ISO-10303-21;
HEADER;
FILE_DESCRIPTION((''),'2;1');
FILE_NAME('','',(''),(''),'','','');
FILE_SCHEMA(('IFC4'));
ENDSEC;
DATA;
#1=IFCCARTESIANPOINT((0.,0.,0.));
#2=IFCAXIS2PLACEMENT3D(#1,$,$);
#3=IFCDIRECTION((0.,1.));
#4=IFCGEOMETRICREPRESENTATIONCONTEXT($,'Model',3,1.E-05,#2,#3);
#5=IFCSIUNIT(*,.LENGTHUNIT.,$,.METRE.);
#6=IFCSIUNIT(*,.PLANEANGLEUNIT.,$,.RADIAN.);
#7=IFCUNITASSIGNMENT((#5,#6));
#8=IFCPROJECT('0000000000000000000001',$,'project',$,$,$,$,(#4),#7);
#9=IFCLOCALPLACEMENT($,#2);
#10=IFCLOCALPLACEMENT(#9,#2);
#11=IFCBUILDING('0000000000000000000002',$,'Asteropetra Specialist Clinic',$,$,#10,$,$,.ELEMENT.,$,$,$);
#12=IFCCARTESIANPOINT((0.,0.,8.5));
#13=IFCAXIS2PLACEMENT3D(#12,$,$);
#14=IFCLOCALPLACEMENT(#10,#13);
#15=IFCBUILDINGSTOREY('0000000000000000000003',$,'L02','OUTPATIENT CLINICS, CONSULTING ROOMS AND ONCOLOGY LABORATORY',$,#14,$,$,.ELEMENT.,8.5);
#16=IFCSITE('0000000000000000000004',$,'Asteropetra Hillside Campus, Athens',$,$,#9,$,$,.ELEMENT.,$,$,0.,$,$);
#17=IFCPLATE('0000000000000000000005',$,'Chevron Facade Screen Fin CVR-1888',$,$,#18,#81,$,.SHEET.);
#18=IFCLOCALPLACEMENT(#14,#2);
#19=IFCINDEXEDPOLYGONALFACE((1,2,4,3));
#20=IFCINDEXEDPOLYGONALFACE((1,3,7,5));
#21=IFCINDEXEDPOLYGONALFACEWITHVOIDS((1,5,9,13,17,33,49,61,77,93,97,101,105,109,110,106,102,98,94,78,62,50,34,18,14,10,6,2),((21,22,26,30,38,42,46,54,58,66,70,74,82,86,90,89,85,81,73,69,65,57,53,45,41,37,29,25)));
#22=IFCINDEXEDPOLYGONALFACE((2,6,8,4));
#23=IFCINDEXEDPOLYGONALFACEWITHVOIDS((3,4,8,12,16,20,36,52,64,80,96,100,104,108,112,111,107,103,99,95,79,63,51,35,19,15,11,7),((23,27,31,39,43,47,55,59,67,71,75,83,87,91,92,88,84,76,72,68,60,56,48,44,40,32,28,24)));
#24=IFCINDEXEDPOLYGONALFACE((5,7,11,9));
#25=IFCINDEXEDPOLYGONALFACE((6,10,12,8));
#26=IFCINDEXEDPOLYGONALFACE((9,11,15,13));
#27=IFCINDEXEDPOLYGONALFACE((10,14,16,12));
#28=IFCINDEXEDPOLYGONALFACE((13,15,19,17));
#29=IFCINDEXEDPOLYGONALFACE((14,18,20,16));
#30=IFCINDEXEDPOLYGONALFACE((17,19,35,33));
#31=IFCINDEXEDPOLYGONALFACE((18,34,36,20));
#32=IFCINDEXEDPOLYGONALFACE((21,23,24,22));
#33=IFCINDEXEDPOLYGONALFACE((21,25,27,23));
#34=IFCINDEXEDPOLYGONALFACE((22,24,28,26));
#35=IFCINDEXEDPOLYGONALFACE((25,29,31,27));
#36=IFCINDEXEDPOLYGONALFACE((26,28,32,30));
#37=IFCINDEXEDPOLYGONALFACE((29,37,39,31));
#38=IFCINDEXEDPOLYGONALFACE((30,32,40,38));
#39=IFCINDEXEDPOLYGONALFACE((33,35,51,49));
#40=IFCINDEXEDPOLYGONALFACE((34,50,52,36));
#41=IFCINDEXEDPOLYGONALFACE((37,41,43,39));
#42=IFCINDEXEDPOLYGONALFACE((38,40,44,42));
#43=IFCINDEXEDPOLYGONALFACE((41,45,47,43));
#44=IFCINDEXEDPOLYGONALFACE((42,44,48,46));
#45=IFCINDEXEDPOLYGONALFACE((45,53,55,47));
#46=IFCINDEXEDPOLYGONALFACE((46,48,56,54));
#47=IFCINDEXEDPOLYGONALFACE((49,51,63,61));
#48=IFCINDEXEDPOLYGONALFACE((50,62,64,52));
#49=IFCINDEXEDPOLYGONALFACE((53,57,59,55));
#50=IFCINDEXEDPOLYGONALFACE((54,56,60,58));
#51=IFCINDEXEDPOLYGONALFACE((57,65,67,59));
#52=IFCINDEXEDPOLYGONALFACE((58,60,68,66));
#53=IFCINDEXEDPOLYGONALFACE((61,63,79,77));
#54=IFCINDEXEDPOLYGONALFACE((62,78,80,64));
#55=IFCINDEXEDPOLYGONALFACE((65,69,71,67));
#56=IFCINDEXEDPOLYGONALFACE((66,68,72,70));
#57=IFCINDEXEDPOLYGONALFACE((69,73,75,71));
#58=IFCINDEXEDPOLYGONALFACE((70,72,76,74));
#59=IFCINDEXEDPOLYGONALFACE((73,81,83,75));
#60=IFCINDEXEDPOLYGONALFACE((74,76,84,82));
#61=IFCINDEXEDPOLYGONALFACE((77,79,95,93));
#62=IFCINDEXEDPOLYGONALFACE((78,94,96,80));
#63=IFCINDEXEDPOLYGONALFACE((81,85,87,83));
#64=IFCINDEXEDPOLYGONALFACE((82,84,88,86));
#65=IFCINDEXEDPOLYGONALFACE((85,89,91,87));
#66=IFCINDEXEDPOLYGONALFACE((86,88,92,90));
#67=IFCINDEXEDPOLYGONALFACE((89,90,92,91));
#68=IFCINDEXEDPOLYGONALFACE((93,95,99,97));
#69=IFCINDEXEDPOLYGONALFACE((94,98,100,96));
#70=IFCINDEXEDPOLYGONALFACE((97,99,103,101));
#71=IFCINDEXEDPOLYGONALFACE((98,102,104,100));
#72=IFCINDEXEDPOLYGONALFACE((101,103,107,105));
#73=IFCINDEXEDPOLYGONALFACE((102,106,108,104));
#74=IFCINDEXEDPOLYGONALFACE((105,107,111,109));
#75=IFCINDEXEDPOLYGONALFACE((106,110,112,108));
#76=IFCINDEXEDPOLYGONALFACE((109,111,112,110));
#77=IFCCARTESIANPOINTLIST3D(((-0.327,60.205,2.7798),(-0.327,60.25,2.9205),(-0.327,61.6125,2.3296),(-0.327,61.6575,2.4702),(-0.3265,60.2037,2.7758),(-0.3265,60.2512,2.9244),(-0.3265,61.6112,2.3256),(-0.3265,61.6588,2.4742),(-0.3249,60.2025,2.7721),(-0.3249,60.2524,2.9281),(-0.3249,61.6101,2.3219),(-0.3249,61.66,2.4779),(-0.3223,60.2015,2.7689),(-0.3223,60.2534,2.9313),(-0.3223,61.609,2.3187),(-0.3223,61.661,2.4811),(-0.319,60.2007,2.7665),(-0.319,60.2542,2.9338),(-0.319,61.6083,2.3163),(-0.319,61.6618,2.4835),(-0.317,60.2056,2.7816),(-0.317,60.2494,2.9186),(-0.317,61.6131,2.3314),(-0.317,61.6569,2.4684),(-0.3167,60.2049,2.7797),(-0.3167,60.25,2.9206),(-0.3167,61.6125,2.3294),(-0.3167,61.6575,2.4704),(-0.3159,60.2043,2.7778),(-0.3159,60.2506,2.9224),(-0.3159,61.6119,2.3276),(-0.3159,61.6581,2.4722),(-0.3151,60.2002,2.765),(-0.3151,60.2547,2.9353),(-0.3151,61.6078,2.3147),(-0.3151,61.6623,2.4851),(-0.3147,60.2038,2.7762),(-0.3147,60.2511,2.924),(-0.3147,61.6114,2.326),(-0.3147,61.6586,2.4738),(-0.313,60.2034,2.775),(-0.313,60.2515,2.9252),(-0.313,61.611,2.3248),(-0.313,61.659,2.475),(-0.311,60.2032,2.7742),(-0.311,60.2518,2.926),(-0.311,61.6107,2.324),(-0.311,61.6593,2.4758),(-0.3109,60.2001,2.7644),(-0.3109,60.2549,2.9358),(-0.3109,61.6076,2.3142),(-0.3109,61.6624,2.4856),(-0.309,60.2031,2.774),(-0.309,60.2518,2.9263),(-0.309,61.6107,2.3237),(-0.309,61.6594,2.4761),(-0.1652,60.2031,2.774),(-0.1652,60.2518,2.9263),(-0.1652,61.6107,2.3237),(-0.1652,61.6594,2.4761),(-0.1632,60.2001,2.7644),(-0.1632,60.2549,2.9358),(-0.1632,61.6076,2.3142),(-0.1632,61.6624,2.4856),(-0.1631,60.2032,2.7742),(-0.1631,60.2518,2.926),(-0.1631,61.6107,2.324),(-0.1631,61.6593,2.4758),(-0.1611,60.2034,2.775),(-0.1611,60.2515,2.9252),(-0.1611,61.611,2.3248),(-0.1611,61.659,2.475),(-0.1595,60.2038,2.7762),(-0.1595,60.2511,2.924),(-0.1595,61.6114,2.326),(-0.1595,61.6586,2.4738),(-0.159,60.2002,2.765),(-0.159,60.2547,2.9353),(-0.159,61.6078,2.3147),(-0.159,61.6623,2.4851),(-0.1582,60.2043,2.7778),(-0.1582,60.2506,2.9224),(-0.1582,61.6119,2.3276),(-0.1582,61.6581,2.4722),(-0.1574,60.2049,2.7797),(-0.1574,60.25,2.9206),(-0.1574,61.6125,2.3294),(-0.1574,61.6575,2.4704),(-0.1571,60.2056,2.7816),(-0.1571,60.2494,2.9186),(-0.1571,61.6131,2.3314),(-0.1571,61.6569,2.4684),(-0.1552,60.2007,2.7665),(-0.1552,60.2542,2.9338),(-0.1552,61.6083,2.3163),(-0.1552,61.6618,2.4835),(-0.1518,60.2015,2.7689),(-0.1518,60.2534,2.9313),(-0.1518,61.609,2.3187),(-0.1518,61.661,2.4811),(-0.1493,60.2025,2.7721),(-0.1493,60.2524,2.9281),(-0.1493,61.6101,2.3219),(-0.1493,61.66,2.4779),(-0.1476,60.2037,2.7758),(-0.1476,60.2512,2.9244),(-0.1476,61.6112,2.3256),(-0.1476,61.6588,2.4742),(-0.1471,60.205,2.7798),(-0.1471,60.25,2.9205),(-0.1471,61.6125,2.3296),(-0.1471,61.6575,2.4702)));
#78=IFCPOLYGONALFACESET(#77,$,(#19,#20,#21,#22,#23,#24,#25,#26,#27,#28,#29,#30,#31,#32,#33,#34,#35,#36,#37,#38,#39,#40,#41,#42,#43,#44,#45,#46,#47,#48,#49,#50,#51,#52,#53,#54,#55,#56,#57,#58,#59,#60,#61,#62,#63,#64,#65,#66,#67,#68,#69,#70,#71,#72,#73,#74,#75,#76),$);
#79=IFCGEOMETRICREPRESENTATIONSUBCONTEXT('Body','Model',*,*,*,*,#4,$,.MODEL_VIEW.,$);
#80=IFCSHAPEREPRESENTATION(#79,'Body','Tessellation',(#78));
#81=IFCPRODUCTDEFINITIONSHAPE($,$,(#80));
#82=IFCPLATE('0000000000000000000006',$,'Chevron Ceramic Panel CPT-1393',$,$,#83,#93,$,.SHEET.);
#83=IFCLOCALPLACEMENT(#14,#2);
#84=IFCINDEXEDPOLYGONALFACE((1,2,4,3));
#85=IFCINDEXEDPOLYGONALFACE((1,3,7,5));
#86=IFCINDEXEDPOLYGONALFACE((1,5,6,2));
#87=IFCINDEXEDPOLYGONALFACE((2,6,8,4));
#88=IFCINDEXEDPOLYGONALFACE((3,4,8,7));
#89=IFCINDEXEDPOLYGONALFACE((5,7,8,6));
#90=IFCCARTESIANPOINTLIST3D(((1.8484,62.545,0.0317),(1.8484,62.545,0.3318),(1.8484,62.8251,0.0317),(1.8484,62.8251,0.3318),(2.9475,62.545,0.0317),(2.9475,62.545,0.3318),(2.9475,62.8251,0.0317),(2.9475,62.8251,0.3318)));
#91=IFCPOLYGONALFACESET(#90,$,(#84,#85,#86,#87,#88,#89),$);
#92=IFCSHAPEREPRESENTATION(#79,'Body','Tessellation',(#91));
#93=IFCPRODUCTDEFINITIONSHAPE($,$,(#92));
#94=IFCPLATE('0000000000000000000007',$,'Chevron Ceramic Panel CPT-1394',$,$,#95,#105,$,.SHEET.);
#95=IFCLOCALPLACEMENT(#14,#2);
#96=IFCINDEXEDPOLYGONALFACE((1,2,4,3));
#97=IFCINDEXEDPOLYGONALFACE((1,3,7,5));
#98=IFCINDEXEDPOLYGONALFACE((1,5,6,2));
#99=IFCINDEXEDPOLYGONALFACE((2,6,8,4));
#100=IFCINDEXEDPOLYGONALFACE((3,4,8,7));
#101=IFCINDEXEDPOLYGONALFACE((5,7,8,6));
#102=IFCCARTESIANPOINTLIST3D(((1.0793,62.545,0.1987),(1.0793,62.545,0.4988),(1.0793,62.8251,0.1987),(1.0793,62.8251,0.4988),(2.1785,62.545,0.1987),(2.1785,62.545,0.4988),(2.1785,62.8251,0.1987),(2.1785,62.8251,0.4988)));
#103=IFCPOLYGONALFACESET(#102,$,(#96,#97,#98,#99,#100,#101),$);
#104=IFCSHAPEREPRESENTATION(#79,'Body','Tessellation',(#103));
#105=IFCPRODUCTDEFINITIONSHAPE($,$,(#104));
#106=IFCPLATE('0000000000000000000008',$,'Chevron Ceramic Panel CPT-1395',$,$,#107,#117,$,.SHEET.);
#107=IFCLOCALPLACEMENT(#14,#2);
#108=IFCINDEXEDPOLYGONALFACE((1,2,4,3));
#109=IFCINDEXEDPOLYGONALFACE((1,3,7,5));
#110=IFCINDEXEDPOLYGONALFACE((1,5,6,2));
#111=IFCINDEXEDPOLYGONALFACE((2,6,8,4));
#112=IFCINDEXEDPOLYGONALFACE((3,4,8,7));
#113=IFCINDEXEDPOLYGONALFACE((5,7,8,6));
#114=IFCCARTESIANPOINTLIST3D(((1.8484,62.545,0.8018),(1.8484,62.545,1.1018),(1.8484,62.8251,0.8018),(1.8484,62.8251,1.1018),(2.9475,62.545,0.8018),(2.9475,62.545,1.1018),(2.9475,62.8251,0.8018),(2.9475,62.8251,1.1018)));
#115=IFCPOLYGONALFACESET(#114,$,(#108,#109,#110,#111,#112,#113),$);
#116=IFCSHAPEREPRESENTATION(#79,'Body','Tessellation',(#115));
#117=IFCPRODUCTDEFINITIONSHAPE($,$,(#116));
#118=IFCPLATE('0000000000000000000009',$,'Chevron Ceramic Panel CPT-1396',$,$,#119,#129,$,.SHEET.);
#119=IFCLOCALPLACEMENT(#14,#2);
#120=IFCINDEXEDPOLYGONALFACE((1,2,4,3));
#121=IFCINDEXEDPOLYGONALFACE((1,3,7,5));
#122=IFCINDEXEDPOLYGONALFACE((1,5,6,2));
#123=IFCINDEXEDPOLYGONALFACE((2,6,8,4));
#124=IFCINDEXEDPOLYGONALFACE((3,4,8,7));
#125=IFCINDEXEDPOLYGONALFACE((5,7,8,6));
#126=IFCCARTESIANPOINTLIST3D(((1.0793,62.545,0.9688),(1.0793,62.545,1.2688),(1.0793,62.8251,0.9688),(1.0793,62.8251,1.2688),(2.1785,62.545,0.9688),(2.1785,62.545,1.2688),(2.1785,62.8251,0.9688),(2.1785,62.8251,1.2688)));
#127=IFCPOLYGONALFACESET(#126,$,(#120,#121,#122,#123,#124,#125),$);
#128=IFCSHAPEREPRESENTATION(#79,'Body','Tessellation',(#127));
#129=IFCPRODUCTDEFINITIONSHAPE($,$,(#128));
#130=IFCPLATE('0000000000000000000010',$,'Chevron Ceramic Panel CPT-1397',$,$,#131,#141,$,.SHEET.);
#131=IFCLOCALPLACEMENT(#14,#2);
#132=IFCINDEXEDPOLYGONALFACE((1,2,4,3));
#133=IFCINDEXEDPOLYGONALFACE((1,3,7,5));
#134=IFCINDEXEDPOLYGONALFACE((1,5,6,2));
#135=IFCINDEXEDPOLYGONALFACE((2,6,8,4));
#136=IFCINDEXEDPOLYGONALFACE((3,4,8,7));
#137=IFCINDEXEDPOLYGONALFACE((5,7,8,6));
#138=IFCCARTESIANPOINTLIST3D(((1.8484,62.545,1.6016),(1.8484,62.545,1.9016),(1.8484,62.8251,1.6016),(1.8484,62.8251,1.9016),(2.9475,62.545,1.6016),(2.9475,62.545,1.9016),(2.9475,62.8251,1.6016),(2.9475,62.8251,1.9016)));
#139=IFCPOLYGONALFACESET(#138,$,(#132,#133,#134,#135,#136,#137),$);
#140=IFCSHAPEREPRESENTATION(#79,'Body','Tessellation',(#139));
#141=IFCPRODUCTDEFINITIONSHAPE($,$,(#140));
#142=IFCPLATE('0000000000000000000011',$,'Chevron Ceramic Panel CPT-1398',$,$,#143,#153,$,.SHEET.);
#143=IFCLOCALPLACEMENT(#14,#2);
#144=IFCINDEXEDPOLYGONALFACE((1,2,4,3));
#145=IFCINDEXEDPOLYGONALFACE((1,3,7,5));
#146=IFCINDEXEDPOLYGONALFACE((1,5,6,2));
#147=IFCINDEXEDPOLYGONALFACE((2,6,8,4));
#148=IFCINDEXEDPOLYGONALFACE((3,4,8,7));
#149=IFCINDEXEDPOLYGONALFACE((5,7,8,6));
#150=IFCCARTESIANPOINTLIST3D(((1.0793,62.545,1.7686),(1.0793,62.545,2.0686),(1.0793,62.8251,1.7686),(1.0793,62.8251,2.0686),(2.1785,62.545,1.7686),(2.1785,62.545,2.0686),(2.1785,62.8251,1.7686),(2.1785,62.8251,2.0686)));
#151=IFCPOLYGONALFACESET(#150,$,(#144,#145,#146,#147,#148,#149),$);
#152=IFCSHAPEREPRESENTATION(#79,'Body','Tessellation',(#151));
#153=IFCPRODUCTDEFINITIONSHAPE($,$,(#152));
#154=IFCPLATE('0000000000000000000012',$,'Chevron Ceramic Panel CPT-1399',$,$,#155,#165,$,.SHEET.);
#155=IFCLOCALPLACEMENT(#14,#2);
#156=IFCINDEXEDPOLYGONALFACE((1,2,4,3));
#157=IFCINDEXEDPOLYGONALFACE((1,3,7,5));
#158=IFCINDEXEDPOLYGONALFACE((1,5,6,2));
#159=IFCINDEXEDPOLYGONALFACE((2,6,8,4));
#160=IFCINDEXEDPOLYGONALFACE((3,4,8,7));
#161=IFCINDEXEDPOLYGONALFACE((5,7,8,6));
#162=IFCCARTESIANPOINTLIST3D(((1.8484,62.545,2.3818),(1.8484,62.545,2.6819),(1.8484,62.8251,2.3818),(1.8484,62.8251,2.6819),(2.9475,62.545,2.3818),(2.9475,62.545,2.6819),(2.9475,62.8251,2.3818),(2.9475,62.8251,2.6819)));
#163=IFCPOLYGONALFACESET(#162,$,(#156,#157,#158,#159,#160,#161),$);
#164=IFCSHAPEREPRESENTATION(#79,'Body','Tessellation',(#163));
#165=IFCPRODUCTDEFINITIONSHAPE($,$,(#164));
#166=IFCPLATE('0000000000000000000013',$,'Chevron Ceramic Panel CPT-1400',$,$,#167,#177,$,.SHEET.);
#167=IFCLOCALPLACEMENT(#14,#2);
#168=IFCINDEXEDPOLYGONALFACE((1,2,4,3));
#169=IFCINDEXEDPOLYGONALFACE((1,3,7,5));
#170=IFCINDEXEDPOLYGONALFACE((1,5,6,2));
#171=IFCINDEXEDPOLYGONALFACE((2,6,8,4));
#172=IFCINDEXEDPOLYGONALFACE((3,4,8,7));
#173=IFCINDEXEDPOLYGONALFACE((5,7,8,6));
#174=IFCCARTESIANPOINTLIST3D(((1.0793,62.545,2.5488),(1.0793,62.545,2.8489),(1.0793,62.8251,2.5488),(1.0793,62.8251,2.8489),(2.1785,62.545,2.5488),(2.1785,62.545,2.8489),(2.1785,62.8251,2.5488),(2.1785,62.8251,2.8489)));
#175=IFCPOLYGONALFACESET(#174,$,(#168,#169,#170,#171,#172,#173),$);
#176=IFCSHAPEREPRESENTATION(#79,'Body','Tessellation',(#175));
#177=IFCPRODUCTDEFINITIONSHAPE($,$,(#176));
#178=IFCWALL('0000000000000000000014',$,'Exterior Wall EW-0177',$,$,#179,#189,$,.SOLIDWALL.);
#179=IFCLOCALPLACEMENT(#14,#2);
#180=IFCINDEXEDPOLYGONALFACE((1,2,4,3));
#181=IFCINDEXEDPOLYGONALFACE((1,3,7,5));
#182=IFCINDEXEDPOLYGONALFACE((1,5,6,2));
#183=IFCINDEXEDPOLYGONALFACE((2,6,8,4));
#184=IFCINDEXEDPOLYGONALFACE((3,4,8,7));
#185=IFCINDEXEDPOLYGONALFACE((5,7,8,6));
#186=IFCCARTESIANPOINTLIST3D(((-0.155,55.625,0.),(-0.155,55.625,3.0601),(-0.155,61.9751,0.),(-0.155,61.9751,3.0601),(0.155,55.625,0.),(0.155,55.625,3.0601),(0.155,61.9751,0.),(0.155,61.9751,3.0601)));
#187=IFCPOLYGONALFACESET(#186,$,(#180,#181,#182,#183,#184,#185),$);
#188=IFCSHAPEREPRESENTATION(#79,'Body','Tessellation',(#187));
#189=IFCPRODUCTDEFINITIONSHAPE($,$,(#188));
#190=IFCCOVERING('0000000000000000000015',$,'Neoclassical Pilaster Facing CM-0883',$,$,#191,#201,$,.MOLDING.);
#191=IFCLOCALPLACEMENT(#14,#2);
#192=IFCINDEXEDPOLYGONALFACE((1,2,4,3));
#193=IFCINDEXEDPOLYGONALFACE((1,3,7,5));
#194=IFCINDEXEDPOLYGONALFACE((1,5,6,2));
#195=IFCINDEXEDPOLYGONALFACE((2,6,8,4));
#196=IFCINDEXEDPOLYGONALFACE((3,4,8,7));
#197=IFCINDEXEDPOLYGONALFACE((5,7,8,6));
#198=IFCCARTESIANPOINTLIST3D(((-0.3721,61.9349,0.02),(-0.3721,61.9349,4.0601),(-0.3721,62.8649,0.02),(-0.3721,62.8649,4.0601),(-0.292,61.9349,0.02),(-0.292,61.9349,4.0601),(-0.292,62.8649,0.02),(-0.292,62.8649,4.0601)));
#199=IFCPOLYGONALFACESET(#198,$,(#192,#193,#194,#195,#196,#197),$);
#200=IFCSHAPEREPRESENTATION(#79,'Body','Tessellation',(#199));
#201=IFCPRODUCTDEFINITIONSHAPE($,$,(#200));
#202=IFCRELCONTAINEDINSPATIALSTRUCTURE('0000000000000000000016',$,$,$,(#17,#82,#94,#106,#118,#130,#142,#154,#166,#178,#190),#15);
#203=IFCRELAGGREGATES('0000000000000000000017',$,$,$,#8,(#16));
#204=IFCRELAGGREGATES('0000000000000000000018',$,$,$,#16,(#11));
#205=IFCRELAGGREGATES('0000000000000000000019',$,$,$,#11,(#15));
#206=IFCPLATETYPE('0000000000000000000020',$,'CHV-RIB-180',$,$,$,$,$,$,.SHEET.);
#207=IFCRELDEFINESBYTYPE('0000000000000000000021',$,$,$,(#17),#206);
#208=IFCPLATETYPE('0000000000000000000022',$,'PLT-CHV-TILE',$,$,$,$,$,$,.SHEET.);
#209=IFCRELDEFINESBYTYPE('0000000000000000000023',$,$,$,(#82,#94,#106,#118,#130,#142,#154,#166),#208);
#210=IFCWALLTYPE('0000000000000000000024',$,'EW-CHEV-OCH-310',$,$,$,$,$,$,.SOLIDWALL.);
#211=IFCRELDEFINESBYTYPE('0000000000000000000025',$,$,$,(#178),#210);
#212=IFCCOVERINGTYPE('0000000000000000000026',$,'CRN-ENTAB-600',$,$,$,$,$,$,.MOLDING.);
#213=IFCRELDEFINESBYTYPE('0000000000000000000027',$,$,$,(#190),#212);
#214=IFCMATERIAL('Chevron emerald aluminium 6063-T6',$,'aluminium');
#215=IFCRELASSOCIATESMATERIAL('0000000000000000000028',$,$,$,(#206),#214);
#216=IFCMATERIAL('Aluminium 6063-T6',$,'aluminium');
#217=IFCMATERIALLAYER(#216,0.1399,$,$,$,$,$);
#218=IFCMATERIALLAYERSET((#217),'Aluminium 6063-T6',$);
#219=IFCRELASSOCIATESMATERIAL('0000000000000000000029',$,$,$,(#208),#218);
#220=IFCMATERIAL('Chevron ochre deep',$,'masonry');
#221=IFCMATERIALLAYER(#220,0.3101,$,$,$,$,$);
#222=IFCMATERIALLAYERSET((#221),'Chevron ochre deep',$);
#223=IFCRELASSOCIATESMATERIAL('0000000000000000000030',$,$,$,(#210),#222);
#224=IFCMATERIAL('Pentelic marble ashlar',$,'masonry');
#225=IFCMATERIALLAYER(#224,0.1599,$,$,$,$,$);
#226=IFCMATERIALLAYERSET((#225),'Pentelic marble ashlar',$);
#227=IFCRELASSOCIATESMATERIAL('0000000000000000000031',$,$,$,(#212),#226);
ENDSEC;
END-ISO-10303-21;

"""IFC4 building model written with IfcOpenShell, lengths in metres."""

from ifc_helpers import new_model, si_unit, direction, frame, frame_2d, origin, origin_2d, place, context, subcontext, project, spatial, rectangle, hollow_rectangle, extrude, material, layer, layer_set, material_profile, profile_set, type_object, element, save


model = new_model("IFC4")

# Units and contexts
model_context = context("Model", 3, precision=1e-05, world=origin(), true_north=direction((0.0, 1.0)))
body_context = subcontext(model_context, "Body", "Model", "MODEL_VIEW")
ifc_project = project(units=[si_unit("LENGTHUNIT", "METRE"), si_unit("PLANEANGLEUNIT", "RADIAN")], contexts=[model_context])

# Site, building, storey
site_placement = place(None, origin())
site = spatial("IfcSite", under=ifc_project, at=site_placement, Name="Asteropetra Hillside Campus, Athens", CompositionType="ELEMENT", RefElevation=0.0)
building_placement = place(site_placement, origin())
building = spatial("IfcBuilding", under=site, at=building_placement, Name="Asteropetra Specialist Clinic", CompositionType="ELEMENT")
storey_placement = place(building_placement, frame((0.0, 0.0, 8.5)))
storey = spatial("IfcBuildingStorey", under=building, at=storey_placement, Name="L02", Description="OUTPATIENT CLINICS, CONSULTING ROOMS AND ONCOLOGY LABORATORY", CompositionType="ELEMENT", Elevation=8.5)

# Plates
ifc_material_1 = material(Name="Chevron emerald aluminium 6063-T6", Category="aluminium")
ifc_material_profile_1 = material_profile(ifc_material_1, hollow_rectangle(XDim=0.1799, YDim=0.1799, WallThickness=0.01, InnerFilletRadius=0.0081, OuterFilletRadius=0.0161, at=origin_2d()), Name="SHS 180x180x10.0")
ifc_profile_set_1 = profile_set([ifc_material_profile_1], Name="Chevron emerald aluminium 6063-T6")
plate_type_1 = type_object("IfcPlateType", Name="CHV-RIB-180", PredefinedType="SHEET", material=ifc_profile_set_1)
plate_1_placement = place(storey_placement, frame((-0.2371, 61.635, 2.3999), z_axis=(0.0, -0.952463, 0.304656), x_axis=(1.0, 0.0, 0.0)))
element("IfcPlate", 1, at=plate_1_placement, inside=storey, type_object=plate_type_1, Name="Chevron Facade Screen Fin CVR-1888", PredefinedType="SHEET", context=body_context, shape_type="SweptSolid", body=[
    extrude(hollow_rectangle(XDim=0.1799, YDim=0.1799, WallThickness=0.01, InnerFilletRadius=0.0081, OuterFilletRadius=0.0161, at=origin_2d()), origin(), (0.0, 0.0, 1.0), 1.4778),
])
ifc_material_2 = material(Name="Aluminium 6063-T6", Category="aluminium")
ifc_layer_1 = layer(ifc_material_2, 0.1399)
ifc_layer_set_1 = layer_set([ifc_layer_1], Name="Aluminium 6063-T6")
plate_type_2 = type_object("IfcPlateType", Name="PLT-CHV-TILE", PredefinedType="SHEET", material=ifc_layer_set_1)
for number, where, z_axis, x_axis, name in (
    (2, (2.3979, 62.6851, 0.0317), (0.0, 0.0, 1.0), (1.0, 0.0, 0.0), "Chevron Ceramic Panel CPT-1393"),
    (3, (1.6289, 62.6851, 0.1987), (0.0, 0.0, 1.0), (1.0, 0.0, 0.0), "Chevron Ceramic Panel CPT-1394"),
    (4, (2.3979, 62.6851, 0.8018), (0.0, 0.0, 1.0), (1.0, 0.0, 0.0), "Chevron Ceramic Panel CPT-1395"),
    (5, (1.6289, 62.6851, 0.9688), (0.0, 0.0, 1.0), (1.0, 0.0, 0.0), "Chevron Ceramic Panel CPT-1396"),
    (6, (2.3979, 62.6851, 1.6016), (0.0, 0.0, 1.0), (1.0, 0.0, 0.0), "Chevron Ceramic Panel CPT-1397"),
    (7, (1.6289, 62.6851, 1.7686), (0.0, 0.0, 1.0), (1.0, 0.0, 0.0), "Chevron Ceramic Panel CPT-1398"),
    (8, (2.3979, 62.6851, 2.3818), (0.0, 0.0, 1.0), (1.0, 0.0, 0.0), "Chevron Ceramic Panel CPT-1399"),
    (9, (1.6289, 62.6851, 2.5488), (0.0, 0.0, 1.0), (1.0, 0.0, 0.0), "Chevron Ceramic Panel CPT-1400"),
):
    element("IfcPlate", number, at=place(storey_placement, frame(where, z_axis=z_axis, x_axis=x_axis)), inside=storey, type_object=plate_type_2, Name=name, PredefinedType="SHEET", context=body_context, shape_type="SweptSolid", body=[
        extrude(rectangle(XDim=1.0991, YDim=0.28, at=origin_2d()), origin(), (0.0, 0.0, 1.0), 0.3),
    ])

# Wall
ifc_material_3 = material(Name="Chevron ochre deep", Category="masonry")
ifc_layer_2 = layer(ifc_material_3, 0.3101)
ifc_layer_set_2 = layer_set([ifc_layer_2], Name="Chevron ochre deep")
wall_type = type_object("IfcWallType", Name="EW-CHEV-OCH-310", PredefinedType="SOLIDWALL", material=ifc_layer_set_2)
wall_placement = place(storey_placement, frame((0.0, 61.9751, 0.0), z_axis=(0.0, 0.0, 1.0), x_axis=(0.0, -1.0, 0.0)))
element("IfcWall", 10, at=wall_placement, inside=storey, type_object=wall_type, Name="Exterior Wall EW-0177", PredefinedType="SOLIDWALL", context=body_context, shape_type="SweptSolid", body=[
    extrude(rectangle(XDim=6.3501, YDim=0.3101, at=frame_2d((3.175, 0.0))), origin(), (0.0, 0.0, 1.0), 3.0601),
])

# Covering
ifc_material_4 = material(Name="Pentelic marble ashlar", Category="masonry")
ifc_layer_3 = layer(ifc_material_4, 0.1599)
ifc_layer_set_3 = layer_set([ifc_layer_3], Name="Pentelic marble ashlar")
covering_type = type_object("IfcCoveringType", Name="CRN-ENTAB-600", PredefinedType="MOLDING", material=ifc_layer_set_3)
covering_placement = place(storey_placement, frame((-0.332, 62.3999, 0.02), z_axis=(0.0, 0.0, 1.0), x_axis=(1.0, 0.0, 0.0)))
element("IfcCovering", 11, at=covering_placement, inside=storey, type_object=covering_type, Name="Neoclassical Pilaster Facing CM-0883", PredefinedType="MOLDING", context=body_context, shape_type="SweptSolid", body=[
    extrude(rectangle(XDim=0.0801, YDim=0.9299, at=origin_2d()), origin(), (0.0, 0.0, 1.0), 4.04),
])

save(model, "model.ifc")
